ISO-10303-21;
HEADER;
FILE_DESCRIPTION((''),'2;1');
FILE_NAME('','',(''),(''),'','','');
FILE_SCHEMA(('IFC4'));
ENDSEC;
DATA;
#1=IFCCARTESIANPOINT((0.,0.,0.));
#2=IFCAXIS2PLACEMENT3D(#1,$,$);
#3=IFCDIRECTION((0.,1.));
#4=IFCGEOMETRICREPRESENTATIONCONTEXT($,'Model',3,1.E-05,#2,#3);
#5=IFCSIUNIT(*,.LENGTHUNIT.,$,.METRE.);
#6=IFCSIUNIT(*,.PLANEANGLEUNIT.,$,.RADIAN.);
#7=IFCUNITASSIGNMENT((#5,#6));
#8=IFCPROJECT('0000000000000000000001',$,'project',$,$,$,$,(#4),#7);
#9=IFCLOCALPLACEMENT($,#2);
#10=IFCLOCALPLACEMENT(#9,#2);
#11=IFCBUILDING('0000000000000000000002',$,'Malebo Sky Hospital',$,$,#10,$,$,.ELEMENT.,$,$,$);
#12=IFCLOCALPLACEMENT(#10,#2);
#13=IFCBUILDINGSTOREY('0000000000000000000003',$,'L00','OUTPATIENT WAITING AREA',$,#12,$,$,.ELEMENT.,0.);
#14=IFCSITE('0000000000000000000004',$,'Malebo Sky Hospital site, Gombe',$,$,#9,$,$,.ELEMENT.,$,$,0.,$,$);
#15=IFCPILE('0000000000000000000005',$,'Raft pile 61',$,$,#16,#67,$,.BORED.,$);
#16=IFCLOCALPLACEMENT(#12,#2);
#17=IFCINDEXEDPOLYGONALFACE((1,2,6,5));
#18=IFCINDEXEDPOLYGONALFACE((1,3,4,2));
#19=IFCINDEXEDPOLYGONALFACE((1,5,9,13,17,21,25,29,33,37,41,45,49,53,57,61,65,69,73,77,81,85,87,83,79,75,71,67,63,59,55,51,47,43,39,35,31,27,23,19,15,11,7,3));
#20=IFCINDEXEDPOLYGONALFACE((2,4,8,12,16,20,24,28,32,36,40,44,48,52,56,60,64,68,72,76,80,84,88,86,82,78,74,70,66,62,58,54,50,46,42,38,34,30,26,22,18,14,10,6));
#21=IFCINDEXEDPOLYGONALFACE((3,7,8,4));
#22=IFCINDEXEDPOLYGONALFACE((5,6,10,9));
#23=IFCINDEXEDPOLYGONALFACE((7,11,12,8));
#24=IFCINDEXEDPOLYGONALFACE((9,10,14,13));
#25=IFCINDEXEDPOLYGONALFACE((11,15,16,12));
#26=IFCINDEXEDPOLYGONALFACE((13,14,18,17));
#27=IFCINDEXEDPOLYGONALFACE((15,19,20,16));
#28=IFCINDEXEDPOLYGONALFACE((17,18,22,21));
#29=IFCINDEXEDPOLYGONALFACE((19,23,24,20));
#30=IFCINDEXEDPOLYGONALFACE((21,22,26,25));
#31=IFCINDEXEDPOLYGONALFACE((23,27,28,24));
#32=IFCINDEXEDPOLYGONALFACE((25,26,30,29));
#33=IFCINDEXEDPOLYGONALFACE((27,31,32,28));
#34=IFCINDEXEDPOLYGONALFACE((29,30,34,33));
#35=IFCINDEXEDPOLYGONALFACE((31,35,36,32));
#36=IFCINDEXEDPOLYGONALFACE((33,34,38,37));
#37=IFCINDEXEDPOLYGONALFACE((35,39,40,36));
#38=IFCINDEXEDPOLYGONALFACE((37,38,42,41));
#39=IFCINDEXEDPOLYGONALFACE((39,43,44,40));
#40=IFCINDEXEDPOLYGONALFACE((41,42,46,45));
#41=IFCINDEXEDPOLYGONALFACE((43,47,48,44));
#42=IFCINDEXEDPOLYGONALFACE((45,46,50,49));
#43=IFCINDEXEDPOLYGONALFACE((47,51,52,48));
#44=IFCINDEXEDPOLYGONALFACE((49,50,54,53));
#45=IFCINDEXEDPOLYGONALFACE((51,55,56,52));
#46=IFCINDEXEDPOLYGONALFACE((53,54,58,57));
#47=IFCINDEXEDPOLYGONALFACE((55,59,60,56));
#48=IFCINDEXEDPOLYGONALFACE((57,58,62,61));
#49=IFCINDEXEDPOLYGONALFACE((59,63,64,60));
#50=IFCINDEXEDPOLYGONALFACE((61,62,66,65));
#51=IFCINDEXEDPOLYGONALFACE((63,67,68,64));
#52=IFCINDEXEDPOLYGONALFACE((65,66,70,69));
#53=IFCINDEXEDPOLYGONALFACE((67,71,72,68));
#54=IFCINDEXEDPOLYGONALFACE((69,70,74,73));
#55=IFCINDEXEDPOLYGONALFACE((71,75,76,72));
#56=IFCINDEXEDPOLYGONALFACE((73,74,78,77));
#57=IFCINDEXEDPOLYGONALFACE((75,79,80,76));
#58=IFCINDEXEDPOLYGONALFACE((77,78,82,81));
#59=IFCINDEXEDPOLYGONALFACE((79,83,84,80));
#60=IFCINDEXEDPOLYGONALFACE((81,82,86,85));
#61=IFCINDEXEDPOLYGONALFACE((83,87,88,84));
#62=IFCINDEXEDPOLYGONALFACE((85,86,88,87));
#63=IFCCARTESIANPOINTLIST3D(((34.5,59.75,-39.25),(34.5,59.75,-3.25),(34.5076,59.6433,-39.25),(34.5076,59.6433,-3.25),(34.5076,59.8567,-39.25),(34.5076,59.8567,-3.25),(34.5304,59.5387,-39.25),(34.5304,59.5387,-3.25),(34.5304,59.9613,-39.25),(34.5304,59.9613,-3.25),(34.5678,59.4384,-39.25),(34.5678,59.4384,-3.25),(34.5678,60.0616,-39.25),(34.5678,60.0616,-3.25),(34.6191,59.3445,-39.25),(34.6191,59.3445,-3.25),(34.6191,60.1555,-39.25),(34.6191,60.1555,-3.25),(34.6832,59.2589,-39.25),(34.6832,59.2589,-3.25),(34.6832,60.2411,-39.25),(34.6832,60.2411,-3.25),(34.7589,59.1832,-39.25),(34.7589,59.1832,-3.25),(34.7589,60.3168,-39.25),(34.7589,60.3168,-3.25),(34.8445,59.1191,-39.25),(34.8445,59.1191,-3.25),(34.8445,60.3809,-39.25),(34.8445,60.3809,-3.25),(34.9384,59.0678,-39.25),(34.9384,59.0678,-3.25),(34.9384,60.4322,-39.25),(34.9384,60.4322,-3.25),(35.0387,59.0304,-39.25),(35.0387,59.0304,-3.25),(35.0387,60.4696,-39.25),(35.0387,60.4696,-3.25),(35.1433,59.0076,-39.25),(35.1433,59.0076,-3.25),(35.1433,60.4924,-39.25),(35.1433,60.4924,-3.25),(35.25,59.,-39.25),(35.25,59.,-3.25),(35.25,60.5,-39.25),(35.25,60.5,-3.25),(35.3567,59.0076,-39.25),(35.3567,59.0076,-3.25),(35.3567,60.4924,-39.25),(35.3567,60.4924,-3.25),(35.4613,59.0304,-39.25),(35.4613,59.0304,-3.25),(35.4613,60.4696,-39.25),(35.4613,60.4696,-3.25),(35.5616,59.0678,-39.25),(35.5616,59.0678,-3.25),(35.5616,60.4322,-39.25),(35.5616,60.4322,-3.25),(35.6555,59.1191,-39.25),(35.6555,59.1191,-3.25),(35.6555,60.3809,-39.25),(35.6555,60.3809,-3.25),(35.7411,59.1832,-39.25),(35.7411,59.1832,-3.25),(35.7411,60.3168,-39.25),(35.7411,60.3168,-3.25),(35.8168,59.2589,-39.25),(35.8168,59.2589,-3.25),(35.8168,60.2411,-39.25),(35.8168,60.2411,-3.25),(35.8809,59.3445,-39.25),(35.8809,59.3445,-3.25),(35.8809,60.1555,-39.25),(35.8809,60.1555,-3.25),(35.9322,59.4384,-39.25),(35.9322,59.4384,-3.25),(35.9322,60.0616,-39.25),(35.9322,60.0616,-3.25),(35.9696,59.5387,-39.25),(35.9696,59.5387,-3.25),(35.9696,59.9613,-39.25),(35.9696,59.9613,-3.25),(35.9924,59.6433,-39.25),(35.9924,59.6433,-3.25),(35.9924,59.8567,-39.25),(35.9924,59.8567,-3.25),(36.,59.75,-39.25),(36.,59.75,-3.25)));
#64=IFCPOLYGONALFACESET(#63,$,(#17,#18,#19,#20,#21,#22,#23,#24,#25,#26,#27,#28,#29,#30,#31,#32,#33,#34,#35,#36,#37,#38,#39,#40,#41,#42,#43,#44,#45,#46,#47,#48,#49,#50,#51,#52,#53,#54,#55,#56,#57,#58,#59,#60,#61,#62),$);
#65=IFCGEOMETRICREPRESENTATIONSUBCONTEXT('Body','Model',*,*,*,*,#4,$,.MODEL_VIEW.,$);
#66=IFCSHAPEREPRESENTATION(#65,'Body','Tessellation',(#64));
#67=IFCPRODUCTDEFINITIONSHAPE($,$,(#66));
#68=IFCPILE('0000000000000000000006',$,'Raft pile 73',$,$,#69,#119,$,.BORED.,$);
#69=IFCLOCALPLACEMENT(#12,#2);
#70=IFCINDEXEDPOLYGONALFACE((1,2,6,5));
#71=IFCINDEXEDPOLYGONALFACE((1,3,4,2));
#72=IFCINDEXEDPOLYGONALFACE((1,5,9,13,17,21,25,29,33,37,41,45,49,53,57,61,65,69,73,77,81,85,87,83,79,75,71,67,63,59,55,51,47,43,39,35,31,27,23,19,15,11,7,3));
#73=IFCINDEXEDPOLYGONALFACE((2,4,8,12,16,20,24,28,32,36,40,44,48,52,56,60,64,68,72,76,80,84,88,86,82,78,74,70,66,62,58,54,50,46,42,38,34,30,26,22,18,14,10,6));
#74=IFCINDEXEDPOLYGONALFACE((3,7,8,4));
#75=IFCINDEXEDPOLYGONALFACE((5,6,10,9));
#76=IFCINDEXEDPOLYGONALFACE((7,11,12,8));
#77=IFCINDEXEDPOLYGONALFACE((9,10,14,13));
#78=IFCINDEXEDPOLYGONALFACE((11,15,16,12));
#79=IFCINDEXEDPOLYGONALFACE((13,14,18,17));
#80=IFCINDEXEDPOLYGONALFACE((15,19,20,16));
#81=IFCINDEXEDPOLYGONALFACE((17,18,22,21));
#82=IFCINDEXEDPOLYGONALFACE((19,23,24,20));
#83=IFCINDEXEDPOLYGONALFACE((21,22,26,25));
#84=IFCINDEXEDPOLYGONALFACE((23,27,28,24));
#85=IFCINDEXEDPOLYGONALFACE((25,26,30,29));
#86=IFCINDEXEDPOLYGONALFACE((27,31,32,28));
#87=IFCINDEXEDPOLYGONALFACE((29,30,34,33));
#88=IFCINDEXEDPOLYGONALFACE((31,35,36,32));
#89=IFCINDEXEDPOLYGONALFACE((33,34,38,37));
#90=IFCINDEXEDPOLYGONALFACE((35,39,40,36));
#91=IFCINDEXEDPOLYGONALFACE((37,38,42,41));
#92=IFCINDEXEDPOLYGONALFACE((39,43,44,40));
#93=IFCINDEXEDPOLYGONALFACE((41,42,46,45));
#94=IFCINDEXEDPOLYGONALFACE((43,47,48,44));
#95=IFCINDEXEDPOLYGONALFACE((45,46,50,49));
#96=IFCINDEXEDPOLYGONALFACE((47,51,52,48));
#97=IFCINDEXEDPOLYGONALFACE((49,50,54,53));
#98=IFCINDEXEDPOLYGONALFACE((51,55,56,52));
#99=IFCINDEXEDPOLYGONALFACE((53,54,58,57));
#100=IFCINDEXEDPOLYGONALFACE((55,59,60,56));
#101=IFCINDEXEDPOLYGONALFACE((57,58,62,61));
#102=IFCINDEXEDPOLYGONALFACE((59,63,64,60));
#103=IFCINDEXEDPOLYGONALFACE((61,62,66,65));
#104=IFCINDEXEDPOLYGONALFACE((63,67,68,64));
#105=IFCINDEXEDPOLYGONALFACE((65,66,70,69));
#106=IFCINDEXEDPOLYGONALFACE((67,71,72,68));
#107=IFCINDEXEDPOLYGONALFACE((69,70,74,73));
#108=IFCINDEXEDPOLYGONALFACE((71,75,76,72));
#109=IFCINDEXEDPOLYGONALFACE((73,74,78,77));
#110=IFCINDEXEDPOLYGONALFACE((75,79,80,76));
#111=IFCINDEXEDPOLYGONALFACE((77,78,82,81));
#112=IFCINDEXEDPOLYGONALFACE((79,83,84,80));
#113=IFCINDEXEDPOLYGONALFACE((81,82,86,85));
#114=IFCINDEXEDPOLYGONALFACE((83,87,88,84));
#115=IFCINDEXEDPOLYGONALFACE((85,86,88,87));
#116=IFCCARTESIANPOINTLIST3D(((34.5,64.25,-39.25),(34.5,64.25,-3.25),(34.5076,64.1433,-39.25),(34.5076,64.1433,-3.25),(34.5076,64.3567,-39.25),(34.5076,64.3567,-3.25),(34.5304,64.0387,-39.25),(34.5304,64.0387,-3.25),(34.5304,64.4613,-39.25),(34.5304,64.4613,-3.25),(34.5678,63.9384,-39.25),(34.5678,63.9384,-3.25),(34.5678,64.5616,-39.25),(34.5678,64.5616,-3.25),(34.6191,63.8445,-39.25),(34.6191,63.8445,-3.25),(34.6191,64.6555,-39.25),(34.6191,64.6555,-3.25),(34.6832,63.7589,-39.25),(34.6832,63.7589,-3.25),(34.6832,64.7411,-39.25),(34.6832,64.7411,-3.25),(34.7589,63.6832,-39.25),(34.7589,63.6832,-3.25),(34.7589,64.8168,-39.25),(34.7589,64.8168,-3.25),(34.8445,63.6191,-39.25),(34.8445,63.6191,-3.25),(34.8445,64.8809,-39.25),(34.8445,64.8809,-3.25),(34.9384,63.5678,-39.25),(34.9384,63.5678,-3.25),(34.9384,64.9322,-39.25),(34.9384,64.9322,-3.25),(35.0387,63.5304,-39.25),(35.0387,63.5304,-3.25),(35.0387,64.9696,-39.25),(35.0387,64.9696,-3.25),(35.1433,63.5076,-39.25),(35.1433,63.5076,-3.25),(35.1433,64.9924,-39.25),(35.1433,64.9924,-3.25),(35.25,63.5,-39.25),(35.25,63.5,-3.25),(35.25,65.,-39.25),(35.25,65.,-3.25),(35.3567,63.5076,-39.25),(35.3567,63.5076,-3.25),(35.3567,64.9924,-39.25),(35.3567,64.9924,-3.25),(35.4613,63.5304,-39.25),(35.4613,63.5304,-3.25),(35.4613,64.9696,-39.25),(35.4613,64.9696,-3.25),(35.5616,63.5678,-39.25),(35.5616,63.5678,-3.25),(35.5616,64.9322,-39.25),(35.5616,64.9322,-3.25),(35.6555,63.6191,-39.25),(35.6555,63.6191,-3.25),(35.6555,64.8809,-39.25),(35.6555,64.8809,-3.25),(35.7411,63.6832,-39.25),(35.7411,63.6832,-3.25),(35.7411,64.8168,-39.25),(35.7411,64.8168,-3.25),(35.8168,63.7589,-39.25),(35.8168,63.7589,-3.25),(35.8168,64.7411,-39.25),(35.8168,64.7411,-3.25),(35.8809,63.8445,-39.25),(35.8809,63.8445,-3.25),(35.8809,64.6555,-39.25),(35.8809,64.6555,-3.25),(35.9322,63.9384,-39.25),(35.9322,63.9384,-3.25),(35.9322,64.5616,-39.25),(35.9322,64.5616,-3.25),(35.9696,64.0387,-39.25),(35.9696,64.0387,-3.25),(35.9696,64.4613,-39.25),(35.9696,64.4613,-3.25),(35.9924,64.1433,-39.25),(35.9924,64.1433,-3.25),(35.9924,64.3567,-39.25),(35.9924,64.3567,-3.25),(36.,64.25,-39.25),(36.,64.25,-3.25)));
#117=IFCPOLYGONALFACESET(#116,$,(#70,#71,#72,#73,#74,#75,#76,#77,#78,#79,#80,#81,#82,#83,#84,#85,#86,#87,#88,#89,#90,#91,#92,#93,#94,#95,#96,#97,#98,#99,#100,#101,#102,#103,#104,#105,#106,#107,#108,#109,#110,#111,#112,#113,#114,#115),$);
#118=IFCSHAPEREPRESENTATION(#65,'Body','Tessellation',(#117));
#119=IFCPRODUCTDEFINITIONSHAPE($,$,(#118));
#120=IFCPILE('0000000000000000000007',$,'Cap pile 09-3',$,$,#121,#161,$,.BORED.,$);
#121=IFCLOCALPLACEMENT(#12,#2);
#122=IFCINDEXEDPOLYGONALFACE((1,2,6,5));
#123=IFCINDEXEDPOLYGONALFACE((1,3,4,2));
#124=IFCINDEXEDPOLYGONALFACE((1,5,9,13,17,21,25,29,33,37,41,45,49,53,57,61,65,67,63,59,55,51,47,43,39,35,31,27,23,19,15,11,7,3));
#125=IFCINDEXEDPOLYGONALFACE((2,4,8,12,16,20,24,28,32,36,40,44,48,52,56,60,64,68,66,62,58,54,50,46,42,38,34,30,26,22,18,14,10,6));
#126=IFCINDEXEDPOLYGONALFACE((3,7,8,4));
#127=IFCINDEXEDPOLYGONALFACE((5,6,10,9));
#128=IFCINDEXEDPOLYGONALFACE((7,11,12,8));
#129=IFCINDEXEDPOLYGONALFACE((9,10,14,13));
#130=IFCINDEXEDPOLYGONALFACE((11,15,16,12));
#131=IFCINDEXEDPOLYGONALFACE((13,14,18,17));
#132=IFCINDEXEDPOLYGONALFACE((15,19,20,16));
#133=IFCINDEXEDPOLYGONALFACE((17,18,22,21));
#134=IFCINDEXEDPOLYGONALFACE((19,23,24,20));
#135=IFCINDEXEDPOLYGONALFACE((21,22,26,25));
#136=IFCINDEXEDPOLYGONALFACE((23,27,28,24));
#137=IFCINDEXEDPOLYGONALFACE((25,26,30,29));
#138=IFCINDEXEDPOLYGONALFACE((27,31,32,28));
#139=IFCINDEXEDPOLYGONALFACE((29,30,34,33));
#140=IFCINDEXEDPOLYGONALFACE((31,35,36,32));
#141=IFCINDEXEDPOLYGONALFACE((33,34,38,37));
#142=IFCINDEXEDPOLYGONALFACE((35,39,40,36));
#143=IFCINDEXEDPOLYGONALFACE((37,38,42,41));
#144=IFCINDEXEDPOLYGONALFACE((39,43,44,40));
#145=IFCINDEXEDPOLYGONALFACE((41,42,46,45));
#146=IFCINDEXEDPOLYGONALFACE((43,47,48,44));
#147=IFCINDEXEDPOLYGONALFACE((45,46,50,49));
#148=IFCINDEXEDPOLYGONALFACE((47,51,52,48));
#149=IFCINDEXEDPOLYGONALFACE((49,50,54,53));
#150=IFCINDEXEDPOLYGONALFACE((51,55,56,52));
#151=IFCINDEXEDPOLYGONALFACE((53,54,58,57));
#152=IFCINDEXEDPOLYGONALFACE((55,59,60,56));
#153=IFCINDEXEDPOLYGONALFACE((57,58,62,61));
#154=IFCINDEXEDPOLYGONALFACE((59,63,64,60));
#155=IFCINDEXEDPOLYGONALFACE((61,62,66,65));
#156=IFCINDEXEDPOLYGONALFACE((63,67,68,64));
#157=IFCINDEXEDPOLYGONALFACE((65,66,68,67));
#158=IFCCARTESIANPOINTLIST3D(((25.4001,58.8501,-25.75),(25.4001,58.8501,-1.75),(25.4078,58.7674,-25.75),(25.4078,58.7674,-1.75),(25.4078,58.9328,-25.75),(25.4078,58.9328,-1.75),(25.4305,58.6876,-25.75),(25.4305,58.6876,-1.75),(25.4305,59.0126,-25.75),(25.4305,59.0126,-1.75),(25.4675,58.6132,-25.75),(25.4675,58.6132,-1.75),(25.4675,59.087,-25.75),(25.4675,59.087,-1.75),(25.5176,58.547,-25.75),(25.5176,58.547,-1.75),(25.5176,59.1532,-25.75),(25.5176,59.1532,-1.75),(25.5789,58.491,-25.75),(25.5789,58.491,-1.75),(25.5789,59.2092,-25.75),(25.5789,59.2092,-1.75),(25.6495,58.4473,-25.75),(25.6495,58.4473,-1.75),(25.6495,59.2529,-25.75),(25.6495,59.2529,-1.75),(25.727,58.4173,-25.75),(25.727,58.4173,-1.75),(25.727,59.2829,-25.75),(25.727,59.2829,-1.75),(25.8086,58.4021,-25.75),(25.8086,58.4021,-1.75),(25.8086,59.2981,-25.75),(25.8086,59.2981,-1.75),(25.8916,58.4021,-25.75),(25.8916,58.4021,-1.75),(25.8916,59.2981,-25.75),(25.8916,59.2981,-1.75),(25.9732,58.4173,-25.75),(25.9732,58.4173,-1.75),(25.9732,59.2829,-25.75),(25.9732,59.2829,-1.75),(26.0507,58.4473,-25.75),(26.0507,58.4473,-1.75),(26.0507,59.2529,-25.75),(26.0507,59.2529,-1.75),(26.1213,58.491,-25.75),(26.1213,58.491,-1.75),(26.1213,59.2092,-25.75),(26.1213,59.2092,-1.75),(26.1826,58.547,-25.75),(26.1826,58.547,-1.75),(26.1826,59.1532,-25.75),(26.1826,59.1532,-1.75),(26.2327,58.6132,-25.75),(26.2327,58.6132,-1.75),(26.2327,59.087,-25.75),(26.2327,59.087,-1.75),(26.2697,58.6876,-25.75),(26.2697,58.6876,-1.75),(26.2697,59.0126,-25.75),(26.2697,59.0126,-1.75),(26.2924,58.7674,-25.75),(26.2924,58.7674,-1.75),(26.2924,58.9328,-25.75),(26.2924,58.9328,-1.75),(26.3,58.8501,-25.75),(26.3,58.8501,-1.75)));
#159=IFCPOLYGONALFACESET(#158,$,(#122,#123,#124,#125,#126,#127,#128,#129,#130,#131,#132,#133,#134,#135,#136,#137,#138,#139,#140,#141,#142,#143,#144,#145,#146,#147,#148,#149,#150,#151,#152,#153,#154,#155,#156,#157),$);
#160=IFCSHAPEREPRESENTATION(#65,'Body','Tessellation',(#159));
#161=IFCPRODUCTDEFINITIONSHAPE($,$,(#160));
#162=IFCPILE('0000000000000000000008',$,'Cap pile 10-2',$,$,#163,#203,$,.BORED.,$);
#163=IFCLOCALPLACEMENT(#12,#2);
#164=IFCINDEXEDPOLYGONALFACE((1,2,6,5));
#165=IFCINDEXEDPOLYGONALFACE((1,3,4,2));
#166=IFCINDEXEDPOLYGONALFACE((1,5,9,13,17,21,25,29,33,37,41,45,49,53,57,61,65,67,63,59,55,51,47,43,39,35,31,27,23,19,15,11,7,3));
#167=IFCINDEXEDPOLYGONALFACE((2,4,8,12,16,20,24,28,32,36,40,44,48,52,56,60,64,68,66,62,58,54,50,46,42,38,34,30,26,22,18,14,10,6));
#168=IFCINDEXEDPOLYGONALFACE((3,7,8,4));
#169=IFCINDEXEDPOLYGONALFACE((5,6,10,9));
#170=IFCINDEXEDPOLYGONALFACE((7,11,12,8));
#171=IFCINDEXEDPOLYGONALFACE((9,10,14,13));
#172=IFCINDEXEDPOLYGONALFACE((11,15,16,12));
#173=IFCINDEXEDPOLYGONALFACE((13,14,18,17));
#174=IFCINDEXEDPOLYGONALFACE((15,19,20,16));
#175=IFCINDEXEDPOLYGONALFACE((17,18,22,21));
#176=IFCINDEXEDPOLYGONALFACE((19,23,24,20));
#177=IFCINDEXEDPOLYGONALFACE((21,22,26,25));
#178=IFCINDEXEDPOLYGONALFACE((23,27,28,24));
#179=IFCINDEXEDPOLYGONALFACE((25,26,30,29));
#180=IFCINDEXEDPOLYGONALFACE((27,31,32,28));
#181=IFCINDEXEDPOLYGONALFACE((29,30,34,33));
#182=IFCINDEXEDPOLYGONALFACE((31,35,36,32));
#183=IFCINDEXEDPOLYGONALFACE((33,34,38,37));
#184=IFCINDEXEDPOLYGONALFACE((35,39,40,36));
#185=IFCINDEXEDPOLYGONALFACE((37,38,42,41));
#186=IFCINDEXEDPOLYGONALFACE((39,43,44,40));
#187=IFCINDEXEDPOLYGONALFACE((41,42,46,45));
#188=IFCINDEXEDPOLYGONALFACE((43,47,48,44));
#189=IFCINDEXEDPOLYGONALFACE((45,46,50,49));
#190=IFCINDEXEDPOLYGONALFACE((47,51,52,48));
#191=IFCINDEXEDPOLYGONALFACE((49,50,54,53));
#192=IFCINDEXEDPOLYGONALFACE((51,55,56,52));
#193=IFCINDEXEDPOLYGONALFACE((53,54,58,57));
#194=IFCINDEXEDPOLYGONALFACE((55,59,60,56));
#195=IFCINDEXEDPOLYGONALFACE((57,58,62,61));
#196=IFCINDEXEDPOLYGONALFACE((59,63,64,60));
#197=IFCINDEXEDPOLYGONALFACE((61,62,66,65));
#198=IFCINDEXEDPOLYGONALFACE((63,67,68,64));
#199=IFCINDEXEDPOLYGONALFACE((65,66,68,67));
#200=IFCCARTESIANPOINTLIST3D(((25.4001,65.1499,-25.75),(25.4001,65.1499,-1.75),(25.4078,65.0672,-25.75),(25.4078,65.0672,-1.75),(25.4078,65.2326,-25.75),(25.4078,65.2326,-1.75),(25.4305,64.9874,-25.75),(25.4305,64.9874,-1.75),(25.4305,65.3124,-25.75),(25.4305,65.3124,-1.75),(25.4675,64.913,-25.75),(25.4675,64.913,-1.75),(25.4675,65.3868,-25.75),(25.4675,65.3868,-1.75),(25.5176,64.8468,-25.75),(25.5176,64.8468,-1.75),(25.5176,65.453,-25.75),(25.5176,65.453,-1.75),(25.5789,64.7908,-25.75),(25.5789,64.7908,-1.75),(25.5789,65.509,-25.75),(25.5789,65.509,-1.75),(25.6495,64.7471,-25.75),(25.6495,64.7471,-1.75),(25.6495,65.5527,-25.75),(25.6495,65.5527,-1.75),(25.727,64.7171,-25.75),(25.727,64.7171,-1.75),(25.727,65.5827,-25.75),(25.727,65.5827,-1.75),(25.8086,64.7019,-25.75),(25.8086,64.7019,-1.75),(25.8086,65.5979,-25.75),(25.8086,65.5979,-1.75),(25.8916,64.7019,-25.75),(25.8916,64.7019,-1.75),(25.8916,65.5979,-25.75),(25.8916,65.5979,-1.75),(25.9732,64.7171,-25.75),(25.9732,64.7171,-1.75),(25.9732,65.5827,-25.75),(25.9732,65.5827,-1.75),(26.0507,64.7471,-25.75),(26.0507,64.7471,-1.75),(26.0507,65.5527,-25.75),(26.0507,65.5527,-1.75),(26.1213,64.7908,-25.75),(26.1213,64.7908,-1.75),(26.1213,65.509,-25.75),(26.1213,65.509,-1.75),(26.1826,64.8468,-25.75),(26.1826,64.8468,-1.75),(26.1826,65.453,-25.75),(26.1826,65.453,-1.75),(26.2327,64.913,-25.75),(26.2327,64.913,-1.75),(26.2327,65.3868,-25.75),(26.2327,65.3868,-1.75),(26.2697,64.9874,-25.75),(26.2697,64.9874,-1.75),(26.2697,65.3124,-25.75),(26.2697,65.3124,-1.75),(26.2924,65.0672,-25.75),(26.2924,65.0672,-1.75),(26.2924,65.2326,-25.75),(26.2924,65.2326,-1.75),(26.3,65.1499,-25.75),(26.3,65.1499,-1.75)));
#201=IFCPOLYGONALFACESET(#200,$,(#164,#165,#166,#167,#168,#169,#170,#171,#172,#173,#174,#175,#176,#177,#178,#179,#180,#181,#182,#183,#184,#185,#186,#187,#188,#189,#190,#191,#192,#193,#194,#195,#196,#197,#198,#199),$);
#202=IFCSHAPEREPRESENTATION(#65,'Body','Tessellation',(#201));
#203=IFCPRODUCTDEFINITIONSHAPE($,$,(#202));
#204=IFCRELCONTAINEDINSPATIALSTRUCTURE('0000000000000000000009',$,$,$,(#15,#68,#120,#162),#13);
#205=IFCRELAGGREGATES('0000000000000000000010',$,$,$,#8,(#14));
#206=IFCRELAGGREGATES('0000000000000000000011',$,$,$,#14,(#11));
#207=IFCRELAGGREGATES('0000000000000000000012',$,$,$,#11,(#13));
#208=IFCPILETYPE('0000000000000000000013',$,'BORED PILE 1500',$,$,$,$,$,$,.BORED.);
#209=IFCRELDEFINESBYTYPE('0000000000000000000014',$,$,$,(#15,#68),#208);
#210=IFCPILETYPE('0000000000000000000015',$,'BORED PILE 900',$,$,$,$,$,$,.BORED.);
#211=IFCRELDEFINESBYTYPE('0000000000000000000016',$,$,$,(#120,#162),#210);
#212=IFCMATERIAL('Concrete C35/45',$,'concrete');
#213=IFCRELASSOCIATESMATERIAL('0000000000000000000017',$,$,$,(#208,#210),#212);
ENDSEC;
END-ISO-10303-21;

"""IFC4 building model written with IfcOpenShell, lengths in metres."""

from ifc_helpers import new_model, si_unit, direction, frame, origin, origin_2d, place, context, subcontext, project, spatial, circle, extrude, material, material_profile, profile_set, type_object, element, save


model = new_model("IFC4")

# Units and contexts
model_context = context("Model", 3, precision=1e-05, world=origin(), true_north=direction((0.0, 1.0)))
body_context = subcontext(model_context, "Body", "Model", "MODEL_VIEW")
ifc_project = project(units=[si_unit("LENGTHUNIT", "METRE"), si_unit("PLANEANGLEUNIT", "RADIAN")], contexts=[model_context])

# Site, building, storey
site_placement = place(None, origin())
site = spatial("IfcSite", under=ifc_project, at=site_placement, Name="Malebo Sky Hospital site, Gombe", CompositionType="ELEMENT", RefElevation=0.0)
building_placement = place(site_placement, origin())
building = spatial("IfcBuilding", under=site, at=building_placement, Name="Malebo Sky Hospital", CompositionType="ELEMENT")
storey_placement = place(building_placement, origin())
storey = spatial("IfcBuildingStorey", under=building, at=storey_placement, Name="L00", Description="OUTPATIENT WAITING AREA", CompositionType="ELEMENT", Elevation=0.0)

# Piles
ifc_material_1 = material(Name="Concrete C35/45", Category="concrete")
ifc_material_profile_1 = material_profile(ifc_material_1, circle(Radius=0.75, at=origin_2d()), Name="BP 1500")
ifc_profile_set_1 = profile_set([ifc_material_profile_1], Name="Concrete C35/45")
pile_type_1 = type_object("IfcPileType", Name="BORED PILE 1500", PredefinedType="BORED", material=ifc_profile_set_1)
for number, where, z_axis, x_axis, name in (
    (1, (35.25, 59.75, -3.25), (0.0, 0.0, -1.0), (1.0, 0.0, 0.0), "Raft pile 61"),
    (2, (35.25, 64.25, -3.25), (0.0, 0.0, -1.0), (1.0, 0.0, 0.0), "Raft pile 73"),
):
    element("IfcPile", number, at=place(storey_placement, frame(where, z_axis=z_axis, x_axis=x_axis)), inside=storey, type_object=pile_type_1, Name=name, PredefinedType="BORED", context=body_context, shape_type="SweptSolid", body=[
        extrude(circle(Radius=0.75, at=origin_2d()), origin(), (0.0, 0.0, 1.0), 36.0),
    ])
ifc_material_profile_2 = material_profile(ifc_material_1, circle(Radius=0.45, at=origin_2d()), Name="BP 900")
ifc_profile_set_2 = profile_set([ifc_material_profile_2], Name="Concrete C35/45")
pile_type_2 = type_object("IfcPileType", Name="BORED PILE 900", PredefinedType="BORED", material=ifc_profile_set_2)
for number, where, z_axis, x_axis, name in (
    (3, (25.8501, 58.8501, -1.75), (0.0, 0.0, -1.0), (1.0, 0.0, 0.0), "Cap pile 09-3"),
    (4, (25.8501, 65.1499, -1.75), (0.0, 0.0, -1.0), (1.0, 0.0, 0.0), "Cap pile 10-2"),
):
    element("IfcPile", number, at=place(storey_placement, frame(where, z_axis=z_axis, x_axis=x_axis)), inside=storey, type_object=pile_type_2, Name=name, PredefinedType="BORED", context=body_context, shape_type="SweptSolid", body=[
        extrude(circle(Radius=0.45, at=origin_2d()), origin(), (0.0, 0.0, 1.0), 24.0),
    ])

save(model, "model.ifc")
